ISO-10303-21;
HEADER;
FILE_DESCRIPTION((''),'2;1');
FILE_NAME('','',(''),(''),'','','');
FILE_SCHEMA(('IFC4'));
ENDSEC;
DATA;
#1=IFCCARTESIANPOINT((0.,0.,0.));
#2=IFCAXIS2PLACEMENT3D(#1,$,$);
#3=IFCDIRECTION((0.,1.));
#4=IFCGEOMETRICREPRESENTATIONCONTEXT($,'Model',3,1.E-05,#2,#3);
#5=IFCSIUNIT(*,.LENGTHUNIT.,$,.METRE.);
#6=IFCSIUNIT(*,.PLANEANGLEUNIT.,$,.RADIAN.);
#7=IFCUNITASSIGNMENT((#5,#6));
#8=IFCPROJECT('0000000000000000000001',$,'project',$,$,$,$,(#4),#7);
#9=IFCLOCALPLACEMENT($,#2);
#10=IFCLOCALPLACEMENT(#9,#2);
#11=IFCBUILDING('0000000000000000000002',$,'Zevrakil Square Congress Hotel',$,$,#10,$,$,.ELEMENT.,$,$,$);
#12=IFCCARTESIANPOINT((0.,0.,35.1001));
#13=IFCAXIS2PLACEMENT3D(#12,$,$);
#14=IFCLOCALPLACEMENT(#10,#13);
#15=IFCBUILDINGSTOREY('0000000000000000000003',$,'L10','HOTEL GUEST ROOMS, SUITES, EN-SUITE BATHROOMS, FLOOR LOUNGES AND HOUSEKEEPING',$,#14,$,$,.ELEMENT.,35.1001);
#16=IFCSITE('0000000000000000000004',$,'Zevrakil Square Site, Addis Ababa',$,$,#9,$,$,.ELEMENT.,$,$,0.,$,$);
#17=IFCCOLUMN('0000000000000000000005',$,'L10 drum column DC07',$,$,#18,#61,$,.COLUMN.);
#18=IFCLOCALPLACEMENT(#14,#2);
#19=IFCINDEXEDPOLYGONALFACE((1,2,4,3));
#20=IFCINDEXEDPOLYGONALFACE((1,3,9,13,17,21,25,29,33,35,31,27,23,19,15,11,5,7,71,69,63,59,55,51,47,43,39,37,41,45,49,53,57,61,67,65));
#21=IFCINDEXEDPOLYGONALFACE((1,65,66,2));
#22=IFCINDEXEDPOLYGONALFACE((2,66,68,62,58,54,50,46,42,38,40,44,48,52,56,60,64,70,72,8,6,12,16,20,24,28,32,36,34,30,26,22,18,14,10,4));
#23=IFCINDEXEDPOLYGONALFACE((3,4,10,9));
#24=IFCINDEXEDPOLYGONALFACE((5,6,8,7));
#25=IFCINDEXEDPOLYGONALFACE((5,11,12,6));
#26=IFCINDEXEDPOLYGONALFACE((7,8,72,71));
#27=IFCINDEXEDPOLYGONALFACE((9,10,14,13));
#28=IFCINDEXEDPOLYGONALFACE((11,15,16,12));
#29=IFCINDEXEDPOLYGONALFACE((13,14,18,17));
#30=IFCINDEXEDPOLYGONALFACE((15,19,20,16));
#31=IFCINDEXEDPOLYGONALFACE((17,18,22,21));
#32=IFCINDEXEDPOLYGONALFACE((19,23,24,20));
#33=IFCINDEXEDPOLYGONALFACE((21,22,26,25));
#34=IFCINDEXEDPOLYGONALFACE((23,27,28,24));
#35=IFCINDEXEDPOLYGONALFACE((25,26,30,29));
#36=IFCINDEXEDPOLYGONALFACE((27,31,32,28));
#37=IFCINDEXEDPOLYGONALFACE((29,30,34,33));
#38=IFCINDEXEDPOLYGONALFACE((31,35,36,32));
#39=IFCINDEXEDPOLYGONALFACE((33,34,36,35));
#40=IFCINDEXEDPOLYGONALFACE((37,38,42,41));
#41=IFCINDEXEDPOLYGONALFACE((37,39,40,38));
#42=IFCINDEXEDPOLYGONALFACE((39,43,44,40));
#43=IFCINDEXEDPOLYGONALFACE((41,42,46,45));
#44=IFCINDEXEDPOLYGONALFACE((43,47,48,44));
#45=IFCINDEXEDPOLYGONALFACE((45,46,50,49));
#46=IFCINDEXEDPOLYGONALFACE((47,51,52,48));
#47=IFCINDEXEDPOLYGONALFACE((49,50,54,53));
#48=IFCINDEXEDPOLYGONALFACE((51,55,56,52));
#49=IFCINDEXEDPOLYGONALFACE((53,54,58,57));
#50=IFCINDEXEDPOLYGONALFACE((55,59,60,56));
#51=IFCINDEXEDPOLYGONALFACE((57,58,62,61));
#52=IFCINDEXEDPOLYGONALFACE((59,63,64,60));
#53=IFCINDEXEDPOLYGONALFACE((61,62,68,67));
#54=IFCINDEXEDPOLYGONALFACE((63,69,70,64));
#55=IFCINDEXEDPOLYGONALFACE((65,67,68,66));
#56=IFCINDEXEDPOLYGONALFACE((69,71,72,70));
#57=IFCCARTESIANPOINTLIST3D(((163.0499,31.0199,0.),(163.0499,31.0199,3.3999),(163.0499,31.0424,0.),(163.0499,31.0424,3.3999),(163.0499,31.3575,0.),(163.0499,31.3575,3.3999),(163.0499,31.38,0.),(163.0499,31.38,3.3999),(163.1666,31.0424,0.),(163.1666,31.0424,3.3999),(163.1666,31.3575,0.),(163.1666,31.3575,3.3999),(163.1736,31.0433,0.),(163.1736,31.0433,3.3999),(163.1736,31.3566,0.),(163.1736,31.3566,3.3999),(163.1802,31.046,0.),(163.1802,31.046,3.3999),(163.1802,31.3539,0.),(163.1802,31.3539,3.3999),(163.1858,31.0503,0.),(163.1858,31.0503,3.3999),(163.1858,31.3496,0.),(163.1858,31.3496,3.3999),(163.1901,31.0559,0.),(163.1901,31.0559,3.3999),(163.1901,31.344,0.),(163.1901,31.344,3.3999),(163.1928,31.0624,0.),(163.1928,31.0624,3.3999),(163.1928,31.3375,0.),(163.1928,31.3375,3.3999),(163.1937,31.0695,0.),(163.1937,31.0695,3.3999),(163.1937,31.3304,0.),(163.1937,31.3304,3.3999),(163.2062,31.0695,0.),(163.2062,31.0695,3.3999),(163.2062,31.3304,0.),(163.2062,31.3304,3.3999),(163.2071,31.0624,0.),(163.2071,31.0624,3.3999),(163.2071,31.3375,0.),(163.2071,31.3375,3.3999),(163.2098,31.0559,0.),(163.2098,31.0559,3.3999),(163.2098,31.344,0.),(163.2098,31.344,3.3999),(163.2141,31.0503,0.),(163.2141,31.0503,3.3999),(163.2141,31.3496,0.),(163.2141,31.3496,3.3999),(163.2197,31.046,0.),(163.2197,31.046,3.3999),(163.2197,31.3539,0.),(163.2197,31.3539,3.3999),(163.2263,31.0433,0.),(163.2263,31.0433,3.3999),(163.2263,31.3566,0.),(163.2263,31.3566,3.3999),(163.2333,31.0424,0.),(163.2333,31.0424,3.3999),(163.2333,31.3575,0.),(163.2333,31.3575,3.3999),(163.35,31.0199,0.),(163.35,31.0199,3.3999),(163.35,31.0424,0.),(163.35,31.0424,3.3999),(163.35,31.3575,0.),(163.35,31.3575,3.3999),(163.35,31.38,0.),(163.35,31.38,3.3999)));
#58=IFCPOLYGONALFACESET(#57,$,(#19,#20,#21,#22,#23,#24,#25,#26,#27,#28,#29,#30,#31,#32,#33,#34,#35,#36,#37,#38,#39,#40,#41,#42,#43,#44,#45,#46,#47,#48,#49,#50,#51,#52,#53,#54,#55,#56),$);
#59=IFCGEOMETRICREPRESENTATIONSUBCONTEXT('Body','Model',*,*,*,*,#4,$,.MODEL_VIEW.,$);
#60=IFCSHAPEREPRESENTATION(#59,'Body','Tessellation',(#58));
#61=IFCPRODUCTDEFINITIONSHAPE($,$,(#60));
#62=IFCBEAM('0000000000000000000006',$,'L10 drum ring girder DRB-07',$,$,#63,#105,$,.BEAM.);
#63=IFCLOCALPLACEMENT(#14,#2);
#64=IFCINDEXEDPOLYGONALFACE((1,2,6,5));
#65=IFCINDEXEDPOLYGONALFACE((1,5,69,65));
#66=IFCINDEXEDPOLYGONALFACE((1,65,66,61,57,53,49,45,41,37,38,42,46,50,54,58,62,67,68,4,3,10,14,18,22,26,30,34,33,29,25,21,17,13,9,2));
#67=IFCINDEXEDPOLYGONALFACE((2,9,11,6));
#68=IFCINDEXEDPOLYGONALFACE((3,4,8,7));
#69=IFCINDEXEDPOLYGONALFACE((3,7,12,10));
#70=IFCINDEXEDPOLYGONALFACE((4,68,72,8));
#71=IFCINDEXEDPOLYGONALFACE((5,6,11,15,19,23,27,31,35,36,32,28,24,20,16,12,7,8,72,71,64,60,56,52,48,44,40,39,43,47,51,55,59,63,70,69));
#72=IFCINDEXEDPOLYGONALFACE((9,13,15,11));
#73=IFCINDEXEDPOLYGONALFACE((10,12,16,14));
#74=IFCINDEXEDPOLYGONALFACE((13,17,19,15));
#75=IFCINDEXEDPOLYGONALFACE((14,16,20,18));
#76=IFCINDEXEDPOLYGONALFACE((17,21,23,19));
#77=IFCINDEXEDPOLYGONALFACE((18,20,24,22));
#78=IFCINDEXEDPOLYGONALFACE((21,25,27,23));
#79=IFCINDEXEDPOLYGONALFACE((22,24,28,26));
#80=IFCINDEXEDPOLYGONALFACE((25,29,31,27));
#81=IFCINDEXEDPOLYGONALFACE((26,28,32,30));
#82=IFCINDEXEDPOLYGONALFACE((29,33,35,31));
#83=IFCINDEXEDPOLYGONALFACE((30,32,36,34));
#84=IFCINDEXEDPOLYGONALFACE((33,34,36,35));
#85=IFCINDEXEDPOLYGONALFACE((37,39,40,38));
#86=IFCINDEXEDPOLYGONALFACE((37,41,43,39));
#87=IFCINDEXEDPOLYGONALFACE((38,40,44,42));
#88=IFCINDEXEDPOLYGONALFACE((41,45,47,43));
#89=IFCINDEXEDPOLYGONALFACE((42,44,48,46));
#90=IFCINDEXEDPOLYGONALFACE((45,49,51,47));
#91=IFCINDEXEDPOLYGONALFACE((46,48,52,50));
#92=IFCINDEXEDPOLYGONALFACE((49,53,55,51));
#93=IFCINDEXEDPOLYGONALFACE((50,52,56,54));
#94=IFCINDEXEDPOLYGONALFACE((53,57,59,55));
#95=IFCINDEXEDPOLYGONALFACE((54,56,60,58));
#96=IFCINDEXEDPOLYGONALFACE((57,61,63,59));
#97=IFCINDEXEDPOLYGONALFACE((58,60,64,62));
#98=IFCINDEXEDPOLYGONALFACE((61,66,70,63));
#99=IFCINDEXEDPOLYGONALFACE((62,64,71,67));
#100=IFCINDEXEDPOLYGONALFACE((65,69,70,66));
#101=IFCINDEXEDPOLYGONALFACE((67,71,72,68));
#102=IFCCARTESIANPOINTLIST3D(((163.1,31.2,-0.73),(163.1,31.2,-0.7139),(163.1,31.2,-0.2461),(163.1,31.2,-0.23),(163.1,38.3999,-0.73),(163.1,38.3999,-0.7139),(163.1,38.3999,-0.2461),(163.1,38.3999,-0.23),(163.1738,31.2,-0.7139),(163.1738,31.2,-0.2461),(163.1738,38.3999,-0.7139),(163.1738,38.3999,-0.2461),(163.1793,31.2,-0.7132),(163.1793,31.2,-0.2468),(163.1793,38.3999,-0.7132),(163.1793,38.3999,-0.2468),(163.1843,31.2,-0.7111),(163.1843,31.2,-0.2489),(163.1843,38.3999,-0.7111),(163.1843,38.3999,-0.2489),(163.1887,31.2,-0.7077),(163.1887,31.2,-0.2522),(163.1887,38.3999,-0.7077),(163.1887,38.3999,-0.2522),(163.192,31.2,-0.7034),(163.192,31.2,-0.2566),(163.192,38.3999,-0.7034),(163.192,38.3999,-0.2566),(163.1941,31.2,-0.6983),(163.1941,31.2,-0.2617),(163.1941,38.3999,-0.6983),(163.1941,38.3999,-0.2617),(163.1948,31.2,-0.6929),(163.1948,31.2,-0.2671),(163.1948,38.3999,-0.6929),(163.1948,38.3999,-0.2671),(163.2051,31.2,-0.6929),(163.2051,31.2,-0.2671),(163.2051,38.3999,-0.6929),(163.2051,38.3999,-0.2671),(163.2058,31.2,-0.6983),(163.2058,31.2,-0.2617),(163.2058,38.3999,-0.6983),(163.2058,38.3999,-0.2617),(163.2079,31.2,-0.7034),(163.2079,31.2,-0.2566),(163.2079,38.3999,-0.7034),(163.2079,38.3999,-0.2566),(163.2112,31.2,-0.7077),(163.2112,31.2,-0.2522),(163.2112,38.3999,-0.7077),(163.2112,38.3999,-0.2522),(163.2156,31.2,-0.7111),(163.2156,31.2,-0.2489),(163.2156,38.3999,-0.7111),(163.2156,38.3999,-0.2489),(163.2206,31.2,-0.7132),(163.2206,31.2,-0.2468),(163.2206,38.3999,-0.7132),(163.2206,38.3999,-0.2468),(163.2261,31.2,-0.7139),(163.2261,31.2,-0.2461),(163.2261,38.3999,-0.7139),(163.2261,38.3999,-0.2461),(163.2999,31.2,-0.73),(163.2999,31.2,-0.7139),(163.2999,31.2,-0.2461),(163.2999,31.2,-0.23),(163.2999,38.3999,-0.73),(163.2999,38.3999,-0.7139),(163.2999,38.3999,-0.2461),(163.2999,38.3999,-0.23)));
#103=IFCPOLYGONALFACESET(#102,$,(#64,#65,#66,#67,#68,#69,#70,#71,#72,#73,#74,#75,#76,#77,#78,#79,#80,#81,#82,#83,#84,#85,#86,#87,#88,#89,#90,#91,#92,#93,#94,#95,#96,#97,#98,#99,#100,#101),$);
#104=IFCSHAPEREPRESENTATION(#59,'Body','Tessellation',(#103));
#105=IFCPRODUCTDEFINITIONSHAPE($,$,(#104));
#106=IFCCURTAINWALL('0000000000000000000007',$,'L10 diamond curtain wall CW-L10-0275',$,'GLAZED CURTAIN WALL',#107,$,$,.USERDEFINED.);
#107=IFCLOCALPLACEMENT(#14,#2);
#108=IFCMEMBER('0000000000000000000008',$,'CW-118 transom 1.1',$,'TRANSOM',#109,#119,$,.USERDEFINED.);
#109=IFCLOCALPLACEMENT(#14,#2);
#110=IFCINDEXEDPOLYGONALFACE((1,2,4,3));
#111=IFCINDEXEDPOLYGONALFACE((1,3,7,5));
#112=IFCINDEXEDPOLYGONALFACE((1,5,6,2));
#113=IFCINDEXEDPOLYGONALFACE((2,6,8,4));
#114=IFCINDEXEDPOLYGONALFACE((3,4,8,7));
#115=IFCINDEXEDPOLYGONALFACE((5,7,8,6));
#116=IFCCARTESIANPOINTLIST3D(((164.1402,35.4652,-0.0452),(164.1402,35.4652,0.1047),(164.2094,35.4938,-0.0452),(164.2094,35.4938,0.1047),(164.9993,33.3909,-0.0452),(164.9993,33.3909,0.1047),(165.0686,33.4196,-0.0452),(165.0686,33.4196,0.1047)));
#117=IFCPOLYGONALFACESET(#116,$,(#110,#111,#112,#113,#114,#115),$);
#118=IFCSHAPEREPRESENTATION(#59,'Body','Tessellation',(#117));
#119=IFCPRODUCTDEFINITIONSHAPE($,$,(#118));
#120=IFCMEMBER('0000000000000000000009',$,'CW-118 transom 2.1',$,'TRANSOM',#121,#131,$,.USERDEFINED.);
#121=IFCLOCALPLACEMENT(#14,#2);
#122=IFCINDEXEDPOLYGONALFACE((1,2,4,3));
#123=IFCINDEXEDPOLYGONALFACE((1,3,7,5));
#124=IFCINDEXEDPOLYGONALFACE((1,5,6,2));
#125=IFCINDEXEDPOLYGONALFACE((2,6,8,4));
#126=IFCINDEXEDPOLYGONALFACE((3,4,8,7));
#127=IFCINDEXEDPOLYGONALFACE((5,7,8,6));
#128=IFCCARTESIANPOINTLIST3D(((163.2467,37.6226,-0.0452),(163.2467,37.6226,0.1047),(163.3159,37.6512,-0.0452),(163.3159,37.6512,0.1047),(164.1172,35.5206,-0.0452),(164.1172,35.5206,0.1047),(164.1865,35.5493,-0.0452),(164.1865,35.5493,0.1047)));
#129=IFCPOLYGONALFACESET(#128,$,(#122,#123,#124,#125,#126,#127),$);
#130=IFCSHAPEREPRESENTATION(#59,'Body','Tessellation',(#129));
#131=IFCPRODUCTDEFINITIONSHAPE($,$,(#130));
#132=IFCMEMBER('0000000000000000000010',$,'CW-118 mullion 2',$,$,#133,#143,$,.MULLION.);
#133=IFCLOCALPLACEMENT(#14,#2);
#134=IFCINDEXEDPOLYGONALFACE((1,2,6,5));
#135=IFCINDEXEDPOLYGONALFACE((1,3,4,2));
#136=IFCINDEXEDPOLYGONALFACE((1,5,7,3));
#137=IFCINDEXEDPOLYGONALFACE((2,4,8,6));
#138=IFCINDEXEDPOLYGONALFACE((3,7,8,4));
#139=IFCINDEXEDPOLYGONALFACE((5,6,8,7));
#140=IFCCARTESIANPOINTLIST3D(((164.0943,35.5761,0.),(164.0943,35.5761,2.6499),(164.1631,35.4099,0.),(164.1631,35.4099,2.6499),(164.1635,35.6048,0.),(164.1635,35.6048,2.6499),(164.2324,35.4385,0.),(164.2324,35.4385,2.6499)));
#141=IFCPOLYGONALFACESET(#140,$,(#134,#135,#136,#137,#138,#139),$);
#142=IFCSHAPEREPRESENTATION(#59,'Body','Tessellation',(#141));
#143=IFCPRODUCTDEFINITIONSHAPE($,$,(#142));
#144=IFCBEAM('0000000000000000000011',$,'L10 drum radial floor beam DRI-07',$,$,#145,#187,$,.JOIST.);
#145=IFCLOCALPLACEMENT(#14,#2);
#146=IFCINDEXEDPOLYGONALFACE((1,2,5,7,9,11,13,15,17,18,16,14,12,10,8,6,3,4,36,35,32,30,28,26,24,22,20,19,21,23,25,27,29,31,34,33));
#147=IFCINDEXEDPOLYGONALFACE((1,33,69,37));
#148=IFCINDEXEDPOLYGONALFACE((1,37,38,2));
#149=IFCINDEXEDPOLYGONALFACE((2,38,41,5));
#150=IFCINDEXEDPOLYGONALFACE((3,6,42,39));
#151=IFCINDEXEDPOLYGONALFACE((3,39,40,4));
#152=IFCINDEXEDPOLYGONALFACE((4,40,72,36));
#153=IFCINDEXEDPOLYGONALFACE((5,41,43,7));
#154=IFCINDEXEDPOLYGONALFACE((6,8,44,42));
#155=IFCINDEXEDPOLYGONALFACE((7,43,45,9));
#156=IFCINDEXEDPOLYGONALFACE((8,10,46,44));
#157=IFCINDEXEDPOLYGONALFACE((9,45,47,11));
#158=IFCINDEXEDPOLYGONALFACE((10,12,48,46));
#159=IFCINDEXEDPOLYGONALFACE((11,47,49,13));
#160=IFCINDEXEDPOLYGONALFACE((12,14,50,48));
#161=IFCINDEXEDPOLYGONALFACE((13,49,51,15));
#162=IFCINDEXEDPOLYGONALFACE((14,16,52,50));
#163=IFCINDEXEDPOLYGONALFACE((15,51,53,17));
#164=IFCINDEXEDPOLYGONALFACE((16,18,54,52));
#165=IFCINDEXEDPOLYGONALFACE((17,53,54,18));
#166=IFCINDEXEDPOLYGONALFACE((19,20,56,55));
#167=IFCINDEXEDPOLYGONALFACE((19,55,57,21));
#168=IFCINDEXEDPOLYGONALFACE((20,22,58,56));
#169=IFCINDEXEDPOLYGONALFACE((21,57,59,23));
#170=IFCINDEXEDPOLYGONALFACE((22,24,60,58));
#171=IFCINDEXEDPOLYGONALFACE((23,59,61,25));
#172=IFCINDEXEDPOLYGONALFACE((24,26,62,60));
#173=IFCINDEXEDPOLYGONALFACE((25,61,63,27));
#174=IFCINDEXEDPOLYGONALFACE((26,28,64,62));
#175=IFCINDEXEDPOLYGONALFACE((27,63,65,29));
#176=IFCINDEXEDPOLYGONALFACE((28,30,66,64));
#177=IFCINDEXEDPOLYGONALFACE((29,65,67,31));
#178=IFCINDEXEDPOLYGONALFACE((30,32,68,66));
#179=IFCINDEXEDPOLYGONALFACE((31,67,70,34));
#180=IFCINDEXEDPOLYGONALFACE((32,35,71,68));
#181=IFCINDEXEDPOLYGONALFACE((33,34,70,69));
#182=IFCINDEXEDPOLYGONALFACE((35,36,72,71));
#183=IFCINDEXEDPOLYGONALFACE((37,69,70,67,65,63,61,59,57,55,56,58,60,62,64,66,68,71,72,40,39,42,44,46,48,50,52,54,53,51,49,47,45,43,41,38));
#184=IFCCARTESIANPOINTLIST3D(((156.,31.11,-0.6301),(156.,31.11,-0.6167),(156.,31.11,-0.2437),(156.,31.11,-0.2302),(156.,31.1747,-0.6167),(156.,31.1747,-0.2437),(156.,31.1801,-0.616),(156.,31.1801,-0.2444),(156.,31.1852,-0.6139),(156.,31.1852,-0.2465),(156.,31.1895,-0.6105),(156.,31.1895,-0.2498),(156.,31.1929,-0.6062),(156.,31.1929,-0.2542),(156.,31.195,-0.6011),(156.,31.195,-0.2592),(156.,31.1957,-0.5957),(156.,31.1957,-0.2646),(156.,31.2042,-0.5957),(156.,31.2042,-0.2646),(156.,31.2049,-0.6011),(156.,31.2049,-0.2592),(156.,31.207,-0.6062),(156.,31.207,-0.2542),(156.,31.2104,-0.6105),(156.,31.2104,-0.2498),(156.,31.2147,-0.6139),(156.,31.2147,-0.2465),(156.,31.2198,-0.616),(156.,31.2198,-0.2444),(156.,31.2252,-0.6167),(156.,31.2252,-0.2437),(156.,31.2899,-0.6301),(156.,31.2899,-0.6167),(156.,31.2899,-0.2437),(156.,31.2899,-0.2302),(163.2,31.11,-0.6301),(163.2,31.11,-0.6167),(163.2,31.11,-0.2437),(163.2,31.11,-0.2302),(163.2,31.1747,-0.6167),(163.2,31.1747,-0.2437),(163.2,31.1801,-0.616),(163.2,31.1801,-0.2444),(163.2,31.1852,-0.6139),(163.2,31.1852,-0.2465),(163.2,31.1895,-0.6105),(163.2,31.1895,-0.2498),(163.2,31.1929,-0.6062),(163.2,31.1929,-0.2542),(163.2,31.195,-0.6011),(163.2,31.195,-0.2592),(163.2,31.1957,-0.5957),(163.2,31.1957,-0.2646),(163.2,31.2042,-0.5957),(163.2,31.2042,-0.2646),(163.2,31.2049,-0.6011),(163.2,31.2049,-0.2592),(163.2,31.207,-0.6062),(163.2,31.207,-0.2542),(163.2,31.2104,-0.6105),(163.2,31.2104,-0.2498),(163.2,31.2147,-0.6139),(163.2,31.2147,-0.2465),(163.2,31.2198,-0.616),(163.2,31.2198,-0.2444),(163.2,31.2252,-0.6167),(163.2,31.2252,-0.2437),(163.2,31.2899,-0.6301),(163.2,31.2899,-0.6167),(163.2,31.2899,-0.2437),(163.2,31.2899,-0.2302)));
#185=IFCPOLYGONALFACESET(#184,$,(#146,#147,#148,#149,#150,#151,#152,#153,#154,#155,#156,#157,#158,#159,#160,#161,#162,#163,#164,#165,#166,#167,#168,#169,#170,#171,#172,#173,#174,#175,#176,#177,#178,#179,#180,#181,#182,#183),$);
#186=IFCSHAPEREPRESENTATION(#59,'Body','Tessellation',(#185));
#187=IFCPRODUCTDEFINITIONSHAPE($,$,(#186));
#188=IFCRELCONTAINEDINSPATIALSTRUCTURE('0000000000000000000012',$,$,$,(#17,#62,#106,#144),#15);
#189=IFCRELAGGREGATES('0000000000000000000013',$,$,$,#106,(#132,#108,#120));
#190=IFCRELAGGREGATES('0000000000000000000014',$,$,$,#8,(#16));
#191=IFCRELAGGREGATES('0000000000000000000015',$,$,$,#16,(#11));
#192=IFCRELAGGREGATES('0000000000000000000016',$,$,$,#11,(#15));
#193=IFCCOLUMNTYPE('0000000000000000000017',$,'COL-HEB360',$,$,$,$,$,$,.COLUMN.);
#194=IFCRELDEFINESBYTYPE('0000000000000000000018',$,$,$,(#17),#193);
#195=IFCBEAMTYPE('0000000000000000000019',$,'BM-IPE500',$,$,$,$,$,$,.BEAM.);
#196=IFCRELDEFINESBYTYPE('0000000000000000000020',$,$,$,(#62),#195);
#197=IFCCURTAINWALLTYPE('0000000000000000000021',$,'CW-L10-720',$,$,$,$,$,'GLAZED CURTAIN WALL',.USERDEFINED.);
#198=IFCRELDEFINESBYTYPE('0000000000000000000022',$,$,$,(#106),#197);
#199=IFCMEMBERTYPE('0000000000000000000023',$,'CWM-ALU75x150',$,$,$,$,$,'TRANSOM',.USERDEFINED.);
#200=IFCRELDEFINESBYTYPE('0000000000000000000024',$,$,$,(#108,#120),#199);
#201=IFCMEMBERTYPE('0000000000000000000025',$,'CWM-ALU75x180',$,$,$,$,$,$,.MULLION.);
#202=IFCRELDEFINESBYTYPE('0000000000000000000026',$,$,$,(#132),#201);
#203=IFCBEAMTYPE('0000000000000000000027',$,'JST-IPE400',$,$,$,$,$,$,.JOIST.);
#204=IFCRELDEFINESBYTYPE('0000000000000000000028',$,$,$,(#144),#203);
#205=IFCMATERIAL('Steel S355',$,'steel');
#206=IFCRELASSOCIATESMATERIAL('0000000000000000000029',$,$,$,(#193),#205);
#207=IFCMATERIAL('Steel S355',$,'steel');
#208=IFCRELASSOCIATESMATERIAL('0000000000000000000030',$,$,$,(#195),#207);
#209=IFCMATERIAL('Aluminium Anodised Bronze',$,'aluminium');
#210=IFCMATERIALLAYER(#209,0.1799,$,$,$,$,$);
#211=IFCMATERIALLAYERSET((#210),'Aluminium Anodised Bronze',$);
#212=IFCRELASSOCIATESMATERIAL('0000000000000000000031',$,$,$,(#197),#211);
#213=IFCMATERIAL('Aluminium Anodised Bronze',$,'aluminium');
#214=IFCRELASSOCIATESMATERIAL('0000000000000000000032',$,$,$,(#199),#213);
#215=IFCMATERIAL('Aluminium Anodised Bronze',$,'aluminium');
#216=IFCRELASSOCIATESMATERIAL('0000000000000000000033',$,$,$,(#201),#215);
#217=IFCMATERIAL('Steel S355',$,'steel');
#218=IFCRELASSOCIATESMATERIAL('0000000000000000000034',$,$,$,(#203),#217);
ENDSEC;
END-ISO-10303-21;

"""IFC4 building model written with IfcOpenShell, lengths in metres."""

from ifc_helpers import new_model, si_unit, direction, frame, origin, origin_2d, place, context, subcontext, project, spatial, rectangle, i_section, extrude, material, layer, layer_set, material_profile, profile_set, type_object, element, aggregate, save


model = new_model("IFC4")

# Units and contexts
model_context = context("Model", 3, precision=1e-05, world=origin(), true_north=direction((0.0, 1.0)))
body_context = subcontext(model_context, "Body", "Model", "MODEL_VIEW")
ifc_project = project(units=[si_unit("LENGTHUNIT", "METRE"), si_unit("PLANEANGLEUNIT", "RADIAN")], contexts=[model_context])

# Site, building, storey
site_placement = place(None, origin())
site = spatial("IfcSite", under=ifc_project, at=site_placement, Name="Zevrakil Square Site, Addis Ababa", CompositionType="ELEMENT", RefElevation=0.0)
building_placement = place(site_placement, origin())
building = spatial("IfcBuilding", under=site, at=building_placement, Name="Zevrakil Square Congress Hotel", CompositionType="ELEMENT")
storey_placement = place(building_placement, frame((0.0, 0.0, 35.1001)))
storey = spatial("IfcBuildingStorey", under=building, at=storey_placement, Name="L10", Description="HOTEL GUEST ROOMS, SUITES, EN-SUITE BATHROOMS, FLOOR LOUNGES AND HOUSEKEEPING", CompositionType="ELEMENT", Elevation=35.1001)

# Column
ifc_material_1 = material(Name="Steel S355", Category="steel")
ifc_material_profile_1 = material_profile(ifc_material_1, i_section(OverallWidth=0.3, OverallDepth=0.3601, WebThickness=0.0125, FlangeThickness=0.0225, FilletRadius=0.0271, at=origin_2d()), Name="HEB 360")
ifc_profile_set_1 = profile_set([ifc_material_profile_1], Name="Steel S355")
column_type = type_object("IfcColumnType", Name="COL-HEB360", PredefinedType="COLUMN", material=ifc_profile_set_1)
column_placement = place(storey_placement, frame((163.2, 31.2, 0.0), z_axis=(0.0, 0.0, 1.0), x_axis=(1.0, 0.0, 0.0)))
element("IfcColumn", 1, at=column_placement, inside=storey, type_object=column_type, Name="L10 drum column DC07", PredefinedType="COLUMN", context=body_context, shape_type="SweptSolid", body=[
    extrude(i_section(OverallWidth=0.3, OverallDepth=0.3601, WebThickness=0.0125, FlangeThickness=0.0225, FilletRadius=0.0271, at=origin_2d()), origin(), (0.0, 0.0, 1.0), 3.3999),
])

# Beam
ifc_material_2 = material(Name="Steel S355", Category="steel")
ifc_material_profile_2 = material_profile(ifc_material_2, i_section(OverallWidth=0.2, OverallDepth=0.5, WebThickness=0.0103, FlangeThickness=0.0161, FilletRadius=0.021, at=origin_2d()), Name="IPE 500")
ifc_profile_set_2 = profile_set([ifc_material_profile_2], Name="Steel S355")
beam_type_1 = type_object("IfcBeamType", Name="BM-IPE500", PredefinedType="BEAM", material=ifc_profile_set_2)
beam_1_placement = place(storey_placement, frame((163.2, 31.2, -0.48), z_axis=(0.0, 1.0, 0.0), x_axis=(-1.0, 0.0, 0.0)))
element("IfcBeam", 2, at=beam_1_placement, inside=storey, type_object=beam_type_1, Name="L10 drum ring girder DRB-07", PredefinedType="BEAM", context=body_context, shape_type="SweptSolid", body=[
    extrude(i_section(OverallWidth=0.2, OverallDepth=0.5, WebThickness=0.0103, FlangeThickness=0.0161, FilletRadius=0.021, at=origin_2d()), origin(), (0.0, 0.0, 1.0), 7.2),
])

# Curtain wall, members
ifc_material_3 = material(Name="Aluminium Anodised Bronze", Category="aluminium")
ifc_layer_1 = layer(ifc_material_3, 0.1799)
ifc_layer_set_1 = layer_set([ifc_layer_1], Name="Aluminium Anodised Bronze")
curtain_wall_type = type_object("IfcCurtainWallType", Name="CW-L10-720", ElementType="GLAZED CURTAIN WALL", PredefinedType="USERDEFINED", material=ifc_layer_set_1)
curtain_wall_placement = place(storey_placement, origin())
curtain_wall = element("IfcCurtainWall", 3, at=curtain_wall_placement, inside=storey, type_object=curtain_wall_type, Name="L10 diamond curtain wall CW-L10-0275", ObjectType="GLAZED CURTAIN WALL", PredefinedType="USERDEFINED")
ifc_material_4 = material(Name="Aluminium Anodised Bronze", Category="aluminium")
ifc_material_profile_3 = material_profile(ifc_material_4, rectangle(XDim=0.075, YDim=0.1499, at=origin_2d()), Name="ALU 75x150")
ifc_profile_set_3 = profile_set([ifc_material_profile_3], Name="Aluminium Anodised Bronze")
member_type_1 = type_object("IfcMemberType", Name="CWM-ALU75x150", ElementType="TRANSOM", PredefinedType="USERDEFINED", material=ifc_profile_set_3)
member_1_placement = place(storey_placement, frame((165.0339, 33.4053, 0.0298), z_axis=(-0.382669, 0.923886, 0.0), x_axis=(-0.923886, -0.382669, 0.0)))
member_1 = element("IfcMember", 4, at=member_1_placement, type_object=member_type_1, Name="CW-118 transom 1.1", ObjectType="TRANSOM", PredefinedType="USERDEFINED", context=body_context, shape_type="SweptSolid", body=[
    extrude(rectangle(XDim=0.075, YDim=0.1499, at=origin_2d()), origin(), (0.0, 0.0, 1.0), 2.2451),
])
member_2_placement = place(storey_placement, frame((164.1519, 35.5349, 0.0298), z_axis=(-0.382649, 0.923894, 0.0), x_axis=(-0.923894, -0.382649, 0.0)))
member_2 = element("IfcMember", 5, at=member_2_placement, type_object=member_type_1, Name="CW-118 transom 2.1", ObjectType="TRANSOM", PredefinedType="USERDEFINED", context=body_context, shape_type="SweptSolid", body=[
    extrude(rectangle(XDim=0.075, YDim=0.1499, at=origin_2d()), origin(), (0.0, 0.0, 1.0), 2.2751),
])
ifc_material_5 = material(Name="Aluminium Anodised Bronze", Category="aluminium")
ifc_material_profile_4 = material_profile(ifc_material_5, rectangle(XDim=0.075, YDim=0.1799, at=origin_2d()), Name="ALU 75x180")
ifc_profile_set_4 = profile_set([ifc_material_profile_4], Name="Aluminium Anodised Bronze")
member_type_2 = type_object("IfcMemberType", Name="CWM-ALU75x180", PredefinedType="MULLION", material=ifc_profile_set_4)
member_3_placement = place(storey_placement, frame((164.1633, 35.5073, 0.0), z_axis=(0.0, 0.0, 1.0), x_axis=(-0.923879, -0.382684, 0.0)))
member_3 = element("IfcMember", 6, at=member_3_placement, type_object=member_type_2, Name="CW-118 mullion 2", PredefinedType="MULLION", context=body_context, shape_type="SweptSolid", body=[
    extrude(rectangle(XDim=0.075, YDim=0.1799, at=origin_2d()), origin(), (0.0, 0.0, 1.0), 2.6499),
])

# Beam
ifc_material_6 = material(Name="Steel S355", Category="steel")
ifc_material_profile_5 = material_profile(ifc_material_6, i_section(OverallWidth=0.1799, OverallDepth=0.3999, WebThickness=0.0085, FlangeThickness=0.0134, FilletRadius=0.021, at=origin_2d()), Name="IPE 400")
ifc_profile_set_5 = profile_set([ifc_material_profile_5], Name="Steel S355")
beam_type_2 = type_object("IfcBeamType", Name="JST-IPE400", PredefinedType="JOIST", material=ifc_profile_set_5)
beam_2_placement = place(storey_placement, frame((156.0, 31.2, -0.4302), z_axis=(1.0, 0.0, 0.0), x_axis=(0.0, 1.0, 0.0)))
element("IfcBeam", 7, at=beam_2_placement, inside=storey, type_object=beam_type_2, Name="L10 drum radial floor beam DRI-07", PredefinedType="JOIST", context=body_context, shape_type="SweptSolid", body=[
    extrude(i_section(OverallWidth=0.1799, OverallDepth=0.3999, WebThickness=0.0085, FlangeThickness=0.0134, FilletRadius=0.021, at=origin_2d()), origin(), (0.0, 0.0, 1.0), 7.2),
])

aggregate(curtain_wall, [member_3, member_1, member_2])

save(model, "model.ifc")
